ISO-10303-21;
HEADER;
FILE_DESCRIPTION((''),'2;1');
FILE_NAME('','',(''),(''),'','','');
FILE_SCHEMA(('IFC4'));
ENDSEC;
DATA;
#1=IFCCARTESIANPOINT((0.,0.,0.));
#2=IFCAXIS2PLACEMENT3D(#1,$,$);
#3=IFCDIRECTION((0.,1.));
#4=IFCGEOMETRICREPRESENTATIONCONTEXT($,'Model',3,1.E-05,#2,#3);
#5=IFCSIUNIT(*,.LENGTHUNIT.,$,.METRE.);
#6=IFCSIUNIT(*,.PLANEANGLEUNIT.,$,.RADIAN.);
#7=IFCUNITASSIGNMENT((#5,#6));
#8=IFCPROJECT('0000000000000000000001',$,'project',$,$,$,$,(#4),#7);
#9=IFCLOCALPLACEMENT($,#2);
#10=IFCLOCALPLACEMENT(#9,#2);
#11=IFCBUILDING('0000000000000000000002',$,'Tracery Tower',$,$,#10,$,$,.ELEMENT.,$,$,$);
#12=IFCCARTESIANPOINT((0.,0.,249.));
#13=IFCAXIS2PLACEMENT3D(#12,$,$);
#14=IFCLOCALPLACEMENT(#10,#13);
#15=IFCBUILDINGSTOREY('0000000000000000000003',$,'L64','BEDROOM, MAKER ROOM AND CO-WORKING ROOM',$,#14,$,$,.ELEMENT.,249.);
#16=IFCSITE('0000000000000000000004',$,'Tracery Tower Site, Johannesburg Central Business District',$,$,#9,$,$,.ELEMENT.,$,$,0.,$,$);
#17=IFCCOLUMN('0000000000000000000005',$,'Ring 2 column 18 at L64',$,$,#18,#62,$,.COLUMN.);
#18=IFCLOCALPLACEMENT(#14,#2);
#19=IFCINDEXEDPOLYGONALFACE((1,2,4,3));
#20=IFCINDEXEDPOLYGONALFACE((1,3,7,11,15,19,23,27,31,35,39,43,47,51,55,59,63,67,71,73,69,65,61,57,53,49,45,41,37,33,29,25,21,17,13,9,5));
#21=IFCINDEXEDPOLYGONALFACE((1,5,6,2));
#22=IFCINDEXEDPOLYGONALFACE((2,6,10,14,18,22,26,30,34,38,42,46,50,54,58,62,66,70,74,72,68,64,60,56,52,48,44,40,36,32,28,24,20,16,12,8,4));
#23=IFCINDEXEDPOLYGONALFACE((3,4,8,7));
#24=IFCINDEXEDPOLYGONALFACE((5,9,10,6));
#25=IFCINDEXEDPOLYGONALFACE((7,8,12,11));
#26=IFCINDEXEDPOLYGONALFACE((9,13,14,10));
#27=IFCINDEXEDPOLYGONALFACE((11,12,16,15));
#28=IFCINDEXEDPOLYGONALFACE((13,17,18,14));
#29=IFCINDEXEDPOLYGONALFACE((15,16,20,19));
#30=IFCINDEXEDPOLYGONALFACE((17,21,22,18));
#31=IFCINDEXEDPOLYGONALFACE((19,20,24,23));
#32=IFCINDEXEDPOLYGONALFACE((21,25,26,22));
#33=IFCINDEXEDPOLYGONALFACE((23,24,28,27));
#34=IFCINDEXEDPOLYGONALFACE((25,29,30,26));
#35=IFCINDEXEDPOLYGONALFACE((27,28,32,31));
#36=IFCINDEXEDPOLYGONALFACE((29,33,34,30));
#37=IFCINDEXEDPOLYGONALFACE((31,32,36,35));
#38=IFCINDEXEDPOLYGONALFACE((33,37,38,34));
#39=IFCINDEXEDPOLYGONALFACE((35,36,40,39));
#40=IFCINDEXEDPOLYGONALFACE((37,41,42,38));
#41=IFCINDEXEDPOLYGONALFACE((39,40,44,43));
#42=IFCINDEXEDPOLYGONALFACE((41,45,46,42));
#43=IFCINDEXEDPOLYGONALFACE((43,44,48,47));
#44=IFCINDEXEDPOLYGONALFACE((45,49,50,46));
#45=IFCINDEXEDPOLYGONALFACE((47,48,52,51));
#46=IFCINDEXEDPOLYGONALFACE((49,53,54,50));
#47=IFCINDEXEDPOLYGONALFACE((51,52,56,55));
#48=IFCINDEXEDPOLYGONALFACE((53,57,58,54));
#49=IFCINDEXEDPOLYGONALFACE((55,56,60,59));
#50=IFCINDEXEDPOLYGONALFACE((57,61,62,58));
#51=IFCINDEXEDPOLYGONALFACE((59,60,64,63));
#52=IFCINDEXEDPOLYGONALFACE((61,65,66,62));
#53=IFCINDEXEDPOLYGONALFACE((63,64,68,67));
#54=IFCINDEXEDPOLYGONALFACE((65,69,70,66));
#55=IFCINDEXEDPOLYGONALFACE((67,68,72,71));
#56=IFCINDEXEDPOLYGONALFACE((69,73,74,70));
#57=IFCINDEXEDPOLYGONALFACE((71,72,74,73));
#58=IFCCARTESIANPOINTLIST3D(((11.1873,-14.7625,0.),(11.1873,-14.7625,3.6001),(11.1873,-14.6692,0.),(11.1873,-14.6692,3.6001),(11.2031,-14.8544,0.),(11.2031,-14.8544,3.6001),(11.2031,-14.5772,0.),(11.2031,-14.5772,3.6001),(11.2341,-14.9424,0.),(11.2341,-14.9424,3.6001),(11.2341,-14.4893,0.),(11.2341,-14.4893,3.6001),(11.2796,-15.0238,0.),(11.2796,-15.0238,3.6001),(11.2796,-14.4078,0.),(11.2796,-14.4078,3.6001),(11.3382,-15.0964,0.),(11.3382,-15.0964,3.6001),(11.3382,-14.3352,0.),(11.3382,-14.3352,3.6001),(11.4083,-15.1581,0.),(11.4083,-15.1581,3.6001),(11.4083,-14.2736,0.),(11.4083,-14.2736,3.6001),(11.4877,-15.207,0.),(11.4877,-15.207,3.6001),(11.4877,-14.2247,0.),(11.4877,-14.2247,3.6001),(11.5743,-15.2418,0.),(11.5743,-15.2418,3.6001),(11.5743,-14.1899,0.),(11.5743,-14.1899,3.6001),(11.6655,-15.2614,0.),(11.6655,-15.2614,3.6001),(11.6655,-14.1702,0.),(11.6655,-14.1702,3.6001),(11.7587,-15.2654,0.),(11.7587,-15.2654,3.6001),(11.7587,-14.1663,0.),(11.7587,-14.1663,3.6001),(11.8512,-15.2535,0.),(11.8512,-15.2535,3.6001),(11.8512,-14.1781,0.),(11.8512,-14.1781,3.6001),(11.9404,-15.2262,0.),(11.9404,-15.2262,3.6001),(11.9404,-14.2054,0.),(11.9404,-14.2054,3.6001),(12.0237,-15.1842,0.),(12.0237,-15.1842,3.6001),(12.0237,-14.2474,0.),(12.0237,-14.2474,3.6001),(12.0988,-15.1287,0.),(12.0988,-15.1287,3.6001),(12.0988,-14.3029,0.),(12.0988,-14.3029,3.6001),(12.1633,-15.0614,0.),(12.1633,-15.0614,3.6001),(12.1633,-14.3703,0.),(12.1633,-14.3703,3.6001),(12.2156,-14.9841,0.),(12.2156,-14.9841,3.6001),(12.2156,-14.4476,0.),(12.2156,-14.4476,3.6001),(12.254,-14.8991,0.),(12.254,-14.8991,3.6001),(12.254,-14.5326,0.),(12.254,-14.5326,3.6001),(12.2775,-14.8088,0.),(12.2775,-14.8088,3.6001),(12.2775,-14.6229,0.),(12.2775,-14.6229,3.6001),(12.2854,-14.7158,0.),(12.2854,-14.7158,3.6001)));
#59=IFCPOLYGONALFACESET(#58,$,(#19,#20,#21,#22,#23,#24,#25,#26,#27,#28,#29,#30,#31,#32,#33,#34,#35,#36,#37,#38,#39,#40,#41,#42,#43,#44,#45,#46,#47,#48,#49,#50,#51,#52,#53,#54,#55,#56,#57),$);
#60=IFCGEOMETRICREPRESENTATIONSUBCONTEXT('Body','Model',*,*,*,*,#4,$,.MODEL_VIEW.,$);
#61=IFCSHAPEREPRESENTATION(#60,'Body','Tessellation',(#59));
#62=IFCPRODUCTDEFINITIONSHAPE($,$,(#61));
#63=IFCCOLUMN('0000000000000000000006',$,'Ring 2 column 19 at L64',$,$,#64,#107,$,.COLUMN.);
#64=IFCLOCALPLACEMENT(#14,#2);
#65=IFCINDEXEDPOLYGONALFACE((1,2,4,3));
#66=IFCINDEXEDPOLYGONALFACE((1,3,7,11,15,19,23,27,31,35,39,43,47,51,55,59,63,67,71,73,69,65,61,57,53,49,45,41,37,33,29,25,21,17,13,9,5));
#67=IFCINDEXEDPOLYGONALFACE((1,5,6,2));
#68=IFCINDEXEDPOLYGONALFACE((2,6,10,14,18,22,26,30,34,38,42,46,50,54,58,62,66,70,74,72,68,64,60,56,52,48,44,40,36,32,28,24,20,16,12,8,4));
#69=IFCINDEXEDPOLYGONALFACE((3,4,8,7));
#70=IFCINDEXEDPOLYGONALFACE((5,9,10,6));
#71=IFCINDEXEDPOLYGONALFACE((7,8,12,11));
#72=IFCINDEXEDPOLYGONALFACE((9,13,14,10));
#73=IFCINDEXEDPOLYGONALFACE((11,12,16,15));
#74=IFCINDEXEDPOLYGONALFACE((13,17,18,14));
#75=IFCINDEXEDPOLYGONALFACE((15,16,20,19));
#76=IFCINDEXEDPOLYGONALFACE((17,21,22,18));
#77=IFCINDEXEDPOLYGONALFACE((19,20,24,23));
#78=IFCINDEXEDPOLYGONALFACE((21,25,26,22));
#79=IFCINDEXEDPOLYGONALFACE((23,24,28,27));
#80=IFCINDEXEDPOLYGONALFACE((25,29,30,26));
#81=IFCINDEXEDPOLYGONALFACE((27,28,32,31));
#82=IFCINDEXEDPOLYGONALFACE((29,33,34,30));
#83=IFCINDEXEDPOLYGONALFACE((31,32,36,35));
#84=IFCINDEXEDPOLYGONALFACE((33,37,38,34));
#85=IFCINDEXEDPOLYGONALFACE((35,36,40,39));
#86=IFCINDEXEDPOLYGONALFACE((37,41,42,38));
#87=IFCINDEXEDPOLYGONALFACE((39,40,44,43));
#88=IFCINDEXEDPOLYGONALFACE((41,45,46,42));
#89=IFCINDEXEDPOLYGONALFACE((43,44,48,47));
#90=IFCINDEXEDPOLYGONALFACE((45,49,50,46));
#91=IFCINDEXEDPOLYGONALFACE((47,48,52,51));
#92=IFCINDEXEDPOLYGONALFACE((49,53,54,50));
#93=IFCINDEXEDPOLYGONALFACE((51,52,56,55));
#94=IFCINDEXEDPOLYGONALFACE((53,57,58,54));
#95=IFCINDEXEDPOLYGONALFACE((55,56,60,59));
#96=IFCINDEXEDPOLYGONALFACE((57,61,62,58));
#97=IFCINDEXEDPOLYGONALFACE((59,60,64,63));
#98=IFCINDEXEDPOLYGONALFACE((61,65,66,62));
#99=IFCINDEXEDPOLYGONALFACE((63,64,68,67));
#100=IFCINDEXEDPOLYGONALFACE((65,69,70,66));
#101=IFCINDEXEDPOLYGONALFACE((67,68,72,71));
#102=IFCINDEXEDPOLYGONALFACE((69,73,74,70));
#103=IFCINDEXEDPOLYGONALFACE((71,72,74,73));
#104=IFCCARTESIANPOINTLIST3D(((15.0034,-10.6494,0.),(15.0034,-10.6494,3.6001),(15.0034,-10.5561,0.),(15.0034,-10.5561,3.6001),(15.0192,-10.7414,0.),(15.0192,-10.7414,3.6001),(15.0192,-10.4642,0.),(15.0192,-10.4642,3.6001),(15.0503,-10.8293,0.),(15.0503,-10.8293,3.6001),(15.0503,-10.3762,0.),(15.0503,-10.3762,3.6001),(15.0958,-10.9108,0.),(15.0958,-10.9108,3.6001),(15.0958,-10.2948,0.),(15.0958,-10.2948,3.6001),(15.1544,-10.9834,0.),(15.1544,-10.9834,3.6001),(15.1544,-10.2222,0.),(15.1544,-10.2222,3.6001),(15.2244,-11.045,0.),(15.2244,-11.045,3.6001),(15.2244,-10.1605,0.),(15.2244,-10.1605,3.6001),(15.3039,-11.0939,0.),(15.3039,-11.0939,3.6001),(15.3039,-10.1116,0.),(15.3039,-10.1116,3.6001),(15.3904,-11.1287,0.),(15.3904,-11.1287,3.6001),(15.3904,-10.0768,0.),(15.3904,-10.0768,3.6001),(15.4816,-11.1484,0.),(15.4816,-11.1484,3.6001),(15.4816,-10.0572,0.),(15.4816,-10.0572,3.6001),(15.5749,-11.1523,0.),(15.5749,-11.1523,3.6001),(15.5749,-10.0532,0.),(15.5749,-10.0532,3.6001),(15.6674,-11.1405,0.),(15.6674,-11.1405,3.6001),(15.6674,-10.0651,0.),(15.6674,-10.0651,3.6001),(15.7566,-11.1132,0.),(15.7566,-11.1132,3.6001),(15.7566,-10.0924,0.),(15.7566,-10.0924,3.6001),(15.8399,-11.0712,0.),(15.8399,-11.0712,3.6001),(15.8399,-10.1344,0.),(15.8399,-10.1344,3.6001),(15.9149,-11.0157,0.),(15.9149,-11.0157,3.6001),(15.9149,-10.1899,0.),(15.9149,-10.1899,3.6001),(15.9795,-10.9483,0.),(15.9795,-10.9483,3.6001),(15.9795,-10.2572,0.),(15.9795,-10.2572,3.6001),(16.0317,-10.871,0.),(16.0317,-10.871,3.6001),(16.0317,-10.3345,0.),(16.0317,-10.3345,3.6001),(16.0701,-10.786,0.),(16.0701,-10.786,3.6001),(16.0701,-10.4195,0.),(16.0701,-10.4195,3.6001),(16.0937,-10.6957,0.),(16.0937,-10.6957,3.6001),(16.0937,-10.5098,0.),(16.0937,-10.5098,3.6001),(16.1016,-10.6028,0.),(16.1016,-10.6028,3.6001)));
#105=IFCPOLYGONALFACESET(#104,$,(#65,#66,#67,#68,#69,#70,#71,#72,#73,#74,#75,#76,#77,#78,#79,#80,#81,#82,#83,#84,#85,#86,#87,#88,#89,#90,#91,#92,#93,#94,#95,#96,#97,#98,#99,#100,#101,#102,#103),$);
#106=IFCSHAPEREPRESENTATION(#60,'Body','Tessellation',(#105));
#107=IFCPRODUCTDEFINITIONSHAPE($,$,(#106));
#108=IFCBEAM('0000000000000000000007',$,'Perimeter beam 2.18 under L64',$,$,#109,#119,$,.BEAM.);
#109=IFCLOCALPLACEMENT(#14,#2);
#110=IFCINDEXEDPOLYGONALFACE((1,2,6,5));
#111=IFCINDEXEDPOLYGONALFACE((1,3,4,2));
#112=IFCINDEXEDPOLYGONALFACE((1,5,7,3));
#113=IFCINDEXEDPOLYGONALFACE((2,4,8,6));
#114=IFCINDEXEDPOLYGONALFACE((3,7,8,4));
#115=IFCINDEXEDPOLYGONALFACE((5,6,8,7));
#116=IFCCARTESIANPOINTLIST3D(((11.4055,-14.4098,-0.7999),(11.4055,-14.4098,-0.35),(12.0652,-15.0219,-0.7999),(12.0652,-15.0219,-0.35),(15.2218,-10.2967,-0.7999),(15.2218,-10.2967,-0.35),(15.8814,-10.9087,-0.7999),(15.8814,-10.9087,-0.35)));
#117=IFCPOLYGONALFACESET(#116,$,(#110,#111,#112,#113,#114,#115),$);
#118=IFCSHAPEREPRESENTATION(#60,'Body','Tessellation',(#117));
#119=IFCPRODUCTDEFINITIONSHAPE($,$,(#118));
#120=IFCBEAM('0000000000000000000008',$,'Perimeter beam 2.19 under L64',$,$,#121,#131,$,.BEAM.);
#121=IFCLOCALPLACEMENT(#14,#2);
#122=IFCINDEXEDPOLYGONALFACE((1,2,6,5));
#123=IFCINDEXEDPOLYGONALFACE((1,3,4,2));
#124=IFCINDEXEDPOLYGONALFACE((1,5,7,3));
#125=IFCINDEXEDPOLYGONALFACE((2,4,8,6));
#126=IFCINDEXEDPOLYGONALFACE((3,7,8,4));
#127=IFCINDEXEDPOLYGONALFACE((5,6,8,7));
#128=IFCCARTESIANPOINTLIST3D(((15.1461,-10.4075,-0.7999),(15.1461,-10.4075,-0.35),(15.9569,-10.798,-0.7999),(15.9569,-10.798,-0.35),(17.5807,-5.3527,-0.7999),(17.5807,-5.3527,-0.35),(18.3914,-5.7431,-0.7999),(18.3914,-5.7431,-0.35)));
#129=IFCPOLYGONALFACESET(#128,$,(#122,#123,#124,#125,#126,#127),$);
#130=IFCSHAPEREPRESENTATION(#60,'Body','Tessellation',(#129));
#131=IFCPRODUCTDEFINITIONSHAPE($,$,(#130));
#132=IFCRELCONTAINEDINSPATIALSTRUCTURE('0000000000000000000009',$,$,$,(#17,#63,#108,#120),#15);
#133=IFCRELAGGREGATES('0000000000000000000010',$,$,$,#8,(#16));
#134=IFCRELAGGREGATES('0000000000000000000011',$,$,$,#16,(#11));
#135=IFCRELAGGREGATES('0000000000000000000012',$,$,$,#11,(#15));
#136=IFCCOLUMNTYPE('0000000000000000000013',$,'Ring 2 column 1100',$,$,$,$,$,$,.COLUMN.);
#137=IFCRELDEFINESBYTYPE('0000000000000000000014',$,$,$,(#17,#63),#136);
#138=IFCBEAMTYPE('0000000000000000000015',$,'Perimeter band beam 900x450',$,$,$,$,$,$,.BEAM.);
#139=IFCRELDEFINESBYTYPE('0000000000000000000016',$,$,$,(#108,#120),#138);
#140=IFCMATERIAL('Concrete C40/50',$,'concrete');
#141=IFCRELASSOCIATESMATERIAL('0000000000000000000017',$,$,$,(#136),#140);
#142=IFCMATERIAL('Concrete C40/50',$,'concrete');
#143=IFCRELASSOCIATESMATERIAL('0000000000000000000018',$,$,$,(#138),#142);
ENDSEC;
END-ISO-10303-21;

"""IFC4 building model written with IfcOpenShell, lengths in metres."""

from ifc_helpers import new_model, si_unit, direction, frame, origin, origin_2d, place, context, subcontext, project, spatial, rectangle, circle, extrude, material, material_profile, profile_set, type_object, element, save


model = new_model("IFC4")

# Units and contexts
model_context = context("Model", 3, precision=1e-05, world=origin(), true_north=direction((0.0, 1.0)))
body_context = subcontext(model_context, "Body", "Model", "MODEL_VIEW")
ifc_project = project(units=[si_unit("LENGTHUNIT", "METRE"), si_unit("PLANEANGLEUNIT", "RADIAN")], contexts=[model_context])

# Site, building, storey
site_placement = place(None, origin())
site = spatial("IfcSite", under=ifc_project, at=site_placement, Name="Tracery Tower Site, Johannesburg Central Business District", CompositionType="ELEMENT", RefElevation=0.0)
building_placement = place(site_placement, origin())
building = spatial("IfcBuilding", under=site, at=building_placement, Name="Tracery Tower", CompositionType="ELEMENT")
storey_placement = place(building_placement, frame((0.0, 0.0, 249.0)))
storey = spatial("IfcBuildingStorey", under=building, at=storey_placement, Name="L64", Description="BEDROOM, MAKER ROOM AND CO-WORKING ROOM", CompositionType="ELEMENT", Elevation=249.0)

# Columns
ifc_material_1 = material(Name="Concrete C40/50", Category="concrete")
ifc_material_profile_1 = material_profile(ifc_material_1, circle(Radius=0.55, at=origin_2d()), Name="RC D1100")
ifc_profile_set_1 = profile_set([ifc_material_profile_1], Name="Concrete C40/50")
column_type = type_object("IfcColumnType", Name="Ring 2 column 1100", PredefinedType="COLUMN", material=ifc_profile_set_1)
for number, where, z_axis, x_axis, name in (
    (1, (11.7354, -14.7158, 0.0), (0.0, 0.0, 1.0), (1.0, 0.0, 0.0), "Ring 2 column 18 at L64"),
    (2, (15.5515, -10.6028, 0.0), (0.0, 0.0, 1.0), (1.0, 0.0, 0.0), "Ring 2 column 19 at L64"),
):
    element("IfcColumn", number, at=place(storey_placement, frame(where, z_axis=z_axis, x_axis=x_axis)), inside=storey, type_object=column_type, Name=name, PredefinedType="COLUMN", context=body_context, shape_type="SweptSolid", body=[
        extrude(circle(Radius=0.55, at=origin_2d()), origin(), (0.0, 0.0, 1.0), 3.6001),
    ])

# Beams
ifc_material_2 = material(Name="Concrete C40/50", Category="concrete")
ifc_material_profile_2 = material_profile(ifc_material_2, rectangle(XDim=0.8999, YDim=0.45, at=origin_2d()), Name="RC 900x450")
ifc_profile_set_2 = profile_set([ifc_material_profile_2], Name="Concrete C40/50")
beam_type = type_object("IfcBeamType", Name="Perimeter band beam 900x450", PredefinedType="BEAM", material=ifc_profile_set_2)
beam_1_placement = place(storey_placement, frame((11.7354, -14.7158, -0.575), z_axis=(0.680156, 0.733068, 0.0), x_axis=(-0.733068, 0.680156, 0.0)))
element("IfcBeam", 3, at=beam_1_placement, inside=storey, type_object=beam_type, Name="Perimeter beam 2.18 under L64", PredefinedType="BEAM", context=body_context, shape_type="SweptSolid", body=[
    extrude(rectangle(XDim=0.8999, YDim=0.45, at=origin_2d()), origin(), (0.0, 0.0, 1.0), 5.6108),
])
beam_2_placement = place(storey_placement, frame((15.5515, -10.6028, -0.575), z_axis=(0.433919, 0.900952, 0.0), x_axis=(-0.900952, 0.433919, 0.0)))
element("IfcBeam", 4, at=beam_2_placement, inside=storey, type_object=beam_type, Name="Perimeter beam 2.19 under L64", PredefinedType="BEAM", context=body_context, shape_type="SweptSolid", body=[
    extrude(rectangle(XDim=0.8999, YDim=0.45, at=origin_2d()), origin(), (0.0, 0.0, 1.0), 5.6106),
])

save(model, "model.ifc")
